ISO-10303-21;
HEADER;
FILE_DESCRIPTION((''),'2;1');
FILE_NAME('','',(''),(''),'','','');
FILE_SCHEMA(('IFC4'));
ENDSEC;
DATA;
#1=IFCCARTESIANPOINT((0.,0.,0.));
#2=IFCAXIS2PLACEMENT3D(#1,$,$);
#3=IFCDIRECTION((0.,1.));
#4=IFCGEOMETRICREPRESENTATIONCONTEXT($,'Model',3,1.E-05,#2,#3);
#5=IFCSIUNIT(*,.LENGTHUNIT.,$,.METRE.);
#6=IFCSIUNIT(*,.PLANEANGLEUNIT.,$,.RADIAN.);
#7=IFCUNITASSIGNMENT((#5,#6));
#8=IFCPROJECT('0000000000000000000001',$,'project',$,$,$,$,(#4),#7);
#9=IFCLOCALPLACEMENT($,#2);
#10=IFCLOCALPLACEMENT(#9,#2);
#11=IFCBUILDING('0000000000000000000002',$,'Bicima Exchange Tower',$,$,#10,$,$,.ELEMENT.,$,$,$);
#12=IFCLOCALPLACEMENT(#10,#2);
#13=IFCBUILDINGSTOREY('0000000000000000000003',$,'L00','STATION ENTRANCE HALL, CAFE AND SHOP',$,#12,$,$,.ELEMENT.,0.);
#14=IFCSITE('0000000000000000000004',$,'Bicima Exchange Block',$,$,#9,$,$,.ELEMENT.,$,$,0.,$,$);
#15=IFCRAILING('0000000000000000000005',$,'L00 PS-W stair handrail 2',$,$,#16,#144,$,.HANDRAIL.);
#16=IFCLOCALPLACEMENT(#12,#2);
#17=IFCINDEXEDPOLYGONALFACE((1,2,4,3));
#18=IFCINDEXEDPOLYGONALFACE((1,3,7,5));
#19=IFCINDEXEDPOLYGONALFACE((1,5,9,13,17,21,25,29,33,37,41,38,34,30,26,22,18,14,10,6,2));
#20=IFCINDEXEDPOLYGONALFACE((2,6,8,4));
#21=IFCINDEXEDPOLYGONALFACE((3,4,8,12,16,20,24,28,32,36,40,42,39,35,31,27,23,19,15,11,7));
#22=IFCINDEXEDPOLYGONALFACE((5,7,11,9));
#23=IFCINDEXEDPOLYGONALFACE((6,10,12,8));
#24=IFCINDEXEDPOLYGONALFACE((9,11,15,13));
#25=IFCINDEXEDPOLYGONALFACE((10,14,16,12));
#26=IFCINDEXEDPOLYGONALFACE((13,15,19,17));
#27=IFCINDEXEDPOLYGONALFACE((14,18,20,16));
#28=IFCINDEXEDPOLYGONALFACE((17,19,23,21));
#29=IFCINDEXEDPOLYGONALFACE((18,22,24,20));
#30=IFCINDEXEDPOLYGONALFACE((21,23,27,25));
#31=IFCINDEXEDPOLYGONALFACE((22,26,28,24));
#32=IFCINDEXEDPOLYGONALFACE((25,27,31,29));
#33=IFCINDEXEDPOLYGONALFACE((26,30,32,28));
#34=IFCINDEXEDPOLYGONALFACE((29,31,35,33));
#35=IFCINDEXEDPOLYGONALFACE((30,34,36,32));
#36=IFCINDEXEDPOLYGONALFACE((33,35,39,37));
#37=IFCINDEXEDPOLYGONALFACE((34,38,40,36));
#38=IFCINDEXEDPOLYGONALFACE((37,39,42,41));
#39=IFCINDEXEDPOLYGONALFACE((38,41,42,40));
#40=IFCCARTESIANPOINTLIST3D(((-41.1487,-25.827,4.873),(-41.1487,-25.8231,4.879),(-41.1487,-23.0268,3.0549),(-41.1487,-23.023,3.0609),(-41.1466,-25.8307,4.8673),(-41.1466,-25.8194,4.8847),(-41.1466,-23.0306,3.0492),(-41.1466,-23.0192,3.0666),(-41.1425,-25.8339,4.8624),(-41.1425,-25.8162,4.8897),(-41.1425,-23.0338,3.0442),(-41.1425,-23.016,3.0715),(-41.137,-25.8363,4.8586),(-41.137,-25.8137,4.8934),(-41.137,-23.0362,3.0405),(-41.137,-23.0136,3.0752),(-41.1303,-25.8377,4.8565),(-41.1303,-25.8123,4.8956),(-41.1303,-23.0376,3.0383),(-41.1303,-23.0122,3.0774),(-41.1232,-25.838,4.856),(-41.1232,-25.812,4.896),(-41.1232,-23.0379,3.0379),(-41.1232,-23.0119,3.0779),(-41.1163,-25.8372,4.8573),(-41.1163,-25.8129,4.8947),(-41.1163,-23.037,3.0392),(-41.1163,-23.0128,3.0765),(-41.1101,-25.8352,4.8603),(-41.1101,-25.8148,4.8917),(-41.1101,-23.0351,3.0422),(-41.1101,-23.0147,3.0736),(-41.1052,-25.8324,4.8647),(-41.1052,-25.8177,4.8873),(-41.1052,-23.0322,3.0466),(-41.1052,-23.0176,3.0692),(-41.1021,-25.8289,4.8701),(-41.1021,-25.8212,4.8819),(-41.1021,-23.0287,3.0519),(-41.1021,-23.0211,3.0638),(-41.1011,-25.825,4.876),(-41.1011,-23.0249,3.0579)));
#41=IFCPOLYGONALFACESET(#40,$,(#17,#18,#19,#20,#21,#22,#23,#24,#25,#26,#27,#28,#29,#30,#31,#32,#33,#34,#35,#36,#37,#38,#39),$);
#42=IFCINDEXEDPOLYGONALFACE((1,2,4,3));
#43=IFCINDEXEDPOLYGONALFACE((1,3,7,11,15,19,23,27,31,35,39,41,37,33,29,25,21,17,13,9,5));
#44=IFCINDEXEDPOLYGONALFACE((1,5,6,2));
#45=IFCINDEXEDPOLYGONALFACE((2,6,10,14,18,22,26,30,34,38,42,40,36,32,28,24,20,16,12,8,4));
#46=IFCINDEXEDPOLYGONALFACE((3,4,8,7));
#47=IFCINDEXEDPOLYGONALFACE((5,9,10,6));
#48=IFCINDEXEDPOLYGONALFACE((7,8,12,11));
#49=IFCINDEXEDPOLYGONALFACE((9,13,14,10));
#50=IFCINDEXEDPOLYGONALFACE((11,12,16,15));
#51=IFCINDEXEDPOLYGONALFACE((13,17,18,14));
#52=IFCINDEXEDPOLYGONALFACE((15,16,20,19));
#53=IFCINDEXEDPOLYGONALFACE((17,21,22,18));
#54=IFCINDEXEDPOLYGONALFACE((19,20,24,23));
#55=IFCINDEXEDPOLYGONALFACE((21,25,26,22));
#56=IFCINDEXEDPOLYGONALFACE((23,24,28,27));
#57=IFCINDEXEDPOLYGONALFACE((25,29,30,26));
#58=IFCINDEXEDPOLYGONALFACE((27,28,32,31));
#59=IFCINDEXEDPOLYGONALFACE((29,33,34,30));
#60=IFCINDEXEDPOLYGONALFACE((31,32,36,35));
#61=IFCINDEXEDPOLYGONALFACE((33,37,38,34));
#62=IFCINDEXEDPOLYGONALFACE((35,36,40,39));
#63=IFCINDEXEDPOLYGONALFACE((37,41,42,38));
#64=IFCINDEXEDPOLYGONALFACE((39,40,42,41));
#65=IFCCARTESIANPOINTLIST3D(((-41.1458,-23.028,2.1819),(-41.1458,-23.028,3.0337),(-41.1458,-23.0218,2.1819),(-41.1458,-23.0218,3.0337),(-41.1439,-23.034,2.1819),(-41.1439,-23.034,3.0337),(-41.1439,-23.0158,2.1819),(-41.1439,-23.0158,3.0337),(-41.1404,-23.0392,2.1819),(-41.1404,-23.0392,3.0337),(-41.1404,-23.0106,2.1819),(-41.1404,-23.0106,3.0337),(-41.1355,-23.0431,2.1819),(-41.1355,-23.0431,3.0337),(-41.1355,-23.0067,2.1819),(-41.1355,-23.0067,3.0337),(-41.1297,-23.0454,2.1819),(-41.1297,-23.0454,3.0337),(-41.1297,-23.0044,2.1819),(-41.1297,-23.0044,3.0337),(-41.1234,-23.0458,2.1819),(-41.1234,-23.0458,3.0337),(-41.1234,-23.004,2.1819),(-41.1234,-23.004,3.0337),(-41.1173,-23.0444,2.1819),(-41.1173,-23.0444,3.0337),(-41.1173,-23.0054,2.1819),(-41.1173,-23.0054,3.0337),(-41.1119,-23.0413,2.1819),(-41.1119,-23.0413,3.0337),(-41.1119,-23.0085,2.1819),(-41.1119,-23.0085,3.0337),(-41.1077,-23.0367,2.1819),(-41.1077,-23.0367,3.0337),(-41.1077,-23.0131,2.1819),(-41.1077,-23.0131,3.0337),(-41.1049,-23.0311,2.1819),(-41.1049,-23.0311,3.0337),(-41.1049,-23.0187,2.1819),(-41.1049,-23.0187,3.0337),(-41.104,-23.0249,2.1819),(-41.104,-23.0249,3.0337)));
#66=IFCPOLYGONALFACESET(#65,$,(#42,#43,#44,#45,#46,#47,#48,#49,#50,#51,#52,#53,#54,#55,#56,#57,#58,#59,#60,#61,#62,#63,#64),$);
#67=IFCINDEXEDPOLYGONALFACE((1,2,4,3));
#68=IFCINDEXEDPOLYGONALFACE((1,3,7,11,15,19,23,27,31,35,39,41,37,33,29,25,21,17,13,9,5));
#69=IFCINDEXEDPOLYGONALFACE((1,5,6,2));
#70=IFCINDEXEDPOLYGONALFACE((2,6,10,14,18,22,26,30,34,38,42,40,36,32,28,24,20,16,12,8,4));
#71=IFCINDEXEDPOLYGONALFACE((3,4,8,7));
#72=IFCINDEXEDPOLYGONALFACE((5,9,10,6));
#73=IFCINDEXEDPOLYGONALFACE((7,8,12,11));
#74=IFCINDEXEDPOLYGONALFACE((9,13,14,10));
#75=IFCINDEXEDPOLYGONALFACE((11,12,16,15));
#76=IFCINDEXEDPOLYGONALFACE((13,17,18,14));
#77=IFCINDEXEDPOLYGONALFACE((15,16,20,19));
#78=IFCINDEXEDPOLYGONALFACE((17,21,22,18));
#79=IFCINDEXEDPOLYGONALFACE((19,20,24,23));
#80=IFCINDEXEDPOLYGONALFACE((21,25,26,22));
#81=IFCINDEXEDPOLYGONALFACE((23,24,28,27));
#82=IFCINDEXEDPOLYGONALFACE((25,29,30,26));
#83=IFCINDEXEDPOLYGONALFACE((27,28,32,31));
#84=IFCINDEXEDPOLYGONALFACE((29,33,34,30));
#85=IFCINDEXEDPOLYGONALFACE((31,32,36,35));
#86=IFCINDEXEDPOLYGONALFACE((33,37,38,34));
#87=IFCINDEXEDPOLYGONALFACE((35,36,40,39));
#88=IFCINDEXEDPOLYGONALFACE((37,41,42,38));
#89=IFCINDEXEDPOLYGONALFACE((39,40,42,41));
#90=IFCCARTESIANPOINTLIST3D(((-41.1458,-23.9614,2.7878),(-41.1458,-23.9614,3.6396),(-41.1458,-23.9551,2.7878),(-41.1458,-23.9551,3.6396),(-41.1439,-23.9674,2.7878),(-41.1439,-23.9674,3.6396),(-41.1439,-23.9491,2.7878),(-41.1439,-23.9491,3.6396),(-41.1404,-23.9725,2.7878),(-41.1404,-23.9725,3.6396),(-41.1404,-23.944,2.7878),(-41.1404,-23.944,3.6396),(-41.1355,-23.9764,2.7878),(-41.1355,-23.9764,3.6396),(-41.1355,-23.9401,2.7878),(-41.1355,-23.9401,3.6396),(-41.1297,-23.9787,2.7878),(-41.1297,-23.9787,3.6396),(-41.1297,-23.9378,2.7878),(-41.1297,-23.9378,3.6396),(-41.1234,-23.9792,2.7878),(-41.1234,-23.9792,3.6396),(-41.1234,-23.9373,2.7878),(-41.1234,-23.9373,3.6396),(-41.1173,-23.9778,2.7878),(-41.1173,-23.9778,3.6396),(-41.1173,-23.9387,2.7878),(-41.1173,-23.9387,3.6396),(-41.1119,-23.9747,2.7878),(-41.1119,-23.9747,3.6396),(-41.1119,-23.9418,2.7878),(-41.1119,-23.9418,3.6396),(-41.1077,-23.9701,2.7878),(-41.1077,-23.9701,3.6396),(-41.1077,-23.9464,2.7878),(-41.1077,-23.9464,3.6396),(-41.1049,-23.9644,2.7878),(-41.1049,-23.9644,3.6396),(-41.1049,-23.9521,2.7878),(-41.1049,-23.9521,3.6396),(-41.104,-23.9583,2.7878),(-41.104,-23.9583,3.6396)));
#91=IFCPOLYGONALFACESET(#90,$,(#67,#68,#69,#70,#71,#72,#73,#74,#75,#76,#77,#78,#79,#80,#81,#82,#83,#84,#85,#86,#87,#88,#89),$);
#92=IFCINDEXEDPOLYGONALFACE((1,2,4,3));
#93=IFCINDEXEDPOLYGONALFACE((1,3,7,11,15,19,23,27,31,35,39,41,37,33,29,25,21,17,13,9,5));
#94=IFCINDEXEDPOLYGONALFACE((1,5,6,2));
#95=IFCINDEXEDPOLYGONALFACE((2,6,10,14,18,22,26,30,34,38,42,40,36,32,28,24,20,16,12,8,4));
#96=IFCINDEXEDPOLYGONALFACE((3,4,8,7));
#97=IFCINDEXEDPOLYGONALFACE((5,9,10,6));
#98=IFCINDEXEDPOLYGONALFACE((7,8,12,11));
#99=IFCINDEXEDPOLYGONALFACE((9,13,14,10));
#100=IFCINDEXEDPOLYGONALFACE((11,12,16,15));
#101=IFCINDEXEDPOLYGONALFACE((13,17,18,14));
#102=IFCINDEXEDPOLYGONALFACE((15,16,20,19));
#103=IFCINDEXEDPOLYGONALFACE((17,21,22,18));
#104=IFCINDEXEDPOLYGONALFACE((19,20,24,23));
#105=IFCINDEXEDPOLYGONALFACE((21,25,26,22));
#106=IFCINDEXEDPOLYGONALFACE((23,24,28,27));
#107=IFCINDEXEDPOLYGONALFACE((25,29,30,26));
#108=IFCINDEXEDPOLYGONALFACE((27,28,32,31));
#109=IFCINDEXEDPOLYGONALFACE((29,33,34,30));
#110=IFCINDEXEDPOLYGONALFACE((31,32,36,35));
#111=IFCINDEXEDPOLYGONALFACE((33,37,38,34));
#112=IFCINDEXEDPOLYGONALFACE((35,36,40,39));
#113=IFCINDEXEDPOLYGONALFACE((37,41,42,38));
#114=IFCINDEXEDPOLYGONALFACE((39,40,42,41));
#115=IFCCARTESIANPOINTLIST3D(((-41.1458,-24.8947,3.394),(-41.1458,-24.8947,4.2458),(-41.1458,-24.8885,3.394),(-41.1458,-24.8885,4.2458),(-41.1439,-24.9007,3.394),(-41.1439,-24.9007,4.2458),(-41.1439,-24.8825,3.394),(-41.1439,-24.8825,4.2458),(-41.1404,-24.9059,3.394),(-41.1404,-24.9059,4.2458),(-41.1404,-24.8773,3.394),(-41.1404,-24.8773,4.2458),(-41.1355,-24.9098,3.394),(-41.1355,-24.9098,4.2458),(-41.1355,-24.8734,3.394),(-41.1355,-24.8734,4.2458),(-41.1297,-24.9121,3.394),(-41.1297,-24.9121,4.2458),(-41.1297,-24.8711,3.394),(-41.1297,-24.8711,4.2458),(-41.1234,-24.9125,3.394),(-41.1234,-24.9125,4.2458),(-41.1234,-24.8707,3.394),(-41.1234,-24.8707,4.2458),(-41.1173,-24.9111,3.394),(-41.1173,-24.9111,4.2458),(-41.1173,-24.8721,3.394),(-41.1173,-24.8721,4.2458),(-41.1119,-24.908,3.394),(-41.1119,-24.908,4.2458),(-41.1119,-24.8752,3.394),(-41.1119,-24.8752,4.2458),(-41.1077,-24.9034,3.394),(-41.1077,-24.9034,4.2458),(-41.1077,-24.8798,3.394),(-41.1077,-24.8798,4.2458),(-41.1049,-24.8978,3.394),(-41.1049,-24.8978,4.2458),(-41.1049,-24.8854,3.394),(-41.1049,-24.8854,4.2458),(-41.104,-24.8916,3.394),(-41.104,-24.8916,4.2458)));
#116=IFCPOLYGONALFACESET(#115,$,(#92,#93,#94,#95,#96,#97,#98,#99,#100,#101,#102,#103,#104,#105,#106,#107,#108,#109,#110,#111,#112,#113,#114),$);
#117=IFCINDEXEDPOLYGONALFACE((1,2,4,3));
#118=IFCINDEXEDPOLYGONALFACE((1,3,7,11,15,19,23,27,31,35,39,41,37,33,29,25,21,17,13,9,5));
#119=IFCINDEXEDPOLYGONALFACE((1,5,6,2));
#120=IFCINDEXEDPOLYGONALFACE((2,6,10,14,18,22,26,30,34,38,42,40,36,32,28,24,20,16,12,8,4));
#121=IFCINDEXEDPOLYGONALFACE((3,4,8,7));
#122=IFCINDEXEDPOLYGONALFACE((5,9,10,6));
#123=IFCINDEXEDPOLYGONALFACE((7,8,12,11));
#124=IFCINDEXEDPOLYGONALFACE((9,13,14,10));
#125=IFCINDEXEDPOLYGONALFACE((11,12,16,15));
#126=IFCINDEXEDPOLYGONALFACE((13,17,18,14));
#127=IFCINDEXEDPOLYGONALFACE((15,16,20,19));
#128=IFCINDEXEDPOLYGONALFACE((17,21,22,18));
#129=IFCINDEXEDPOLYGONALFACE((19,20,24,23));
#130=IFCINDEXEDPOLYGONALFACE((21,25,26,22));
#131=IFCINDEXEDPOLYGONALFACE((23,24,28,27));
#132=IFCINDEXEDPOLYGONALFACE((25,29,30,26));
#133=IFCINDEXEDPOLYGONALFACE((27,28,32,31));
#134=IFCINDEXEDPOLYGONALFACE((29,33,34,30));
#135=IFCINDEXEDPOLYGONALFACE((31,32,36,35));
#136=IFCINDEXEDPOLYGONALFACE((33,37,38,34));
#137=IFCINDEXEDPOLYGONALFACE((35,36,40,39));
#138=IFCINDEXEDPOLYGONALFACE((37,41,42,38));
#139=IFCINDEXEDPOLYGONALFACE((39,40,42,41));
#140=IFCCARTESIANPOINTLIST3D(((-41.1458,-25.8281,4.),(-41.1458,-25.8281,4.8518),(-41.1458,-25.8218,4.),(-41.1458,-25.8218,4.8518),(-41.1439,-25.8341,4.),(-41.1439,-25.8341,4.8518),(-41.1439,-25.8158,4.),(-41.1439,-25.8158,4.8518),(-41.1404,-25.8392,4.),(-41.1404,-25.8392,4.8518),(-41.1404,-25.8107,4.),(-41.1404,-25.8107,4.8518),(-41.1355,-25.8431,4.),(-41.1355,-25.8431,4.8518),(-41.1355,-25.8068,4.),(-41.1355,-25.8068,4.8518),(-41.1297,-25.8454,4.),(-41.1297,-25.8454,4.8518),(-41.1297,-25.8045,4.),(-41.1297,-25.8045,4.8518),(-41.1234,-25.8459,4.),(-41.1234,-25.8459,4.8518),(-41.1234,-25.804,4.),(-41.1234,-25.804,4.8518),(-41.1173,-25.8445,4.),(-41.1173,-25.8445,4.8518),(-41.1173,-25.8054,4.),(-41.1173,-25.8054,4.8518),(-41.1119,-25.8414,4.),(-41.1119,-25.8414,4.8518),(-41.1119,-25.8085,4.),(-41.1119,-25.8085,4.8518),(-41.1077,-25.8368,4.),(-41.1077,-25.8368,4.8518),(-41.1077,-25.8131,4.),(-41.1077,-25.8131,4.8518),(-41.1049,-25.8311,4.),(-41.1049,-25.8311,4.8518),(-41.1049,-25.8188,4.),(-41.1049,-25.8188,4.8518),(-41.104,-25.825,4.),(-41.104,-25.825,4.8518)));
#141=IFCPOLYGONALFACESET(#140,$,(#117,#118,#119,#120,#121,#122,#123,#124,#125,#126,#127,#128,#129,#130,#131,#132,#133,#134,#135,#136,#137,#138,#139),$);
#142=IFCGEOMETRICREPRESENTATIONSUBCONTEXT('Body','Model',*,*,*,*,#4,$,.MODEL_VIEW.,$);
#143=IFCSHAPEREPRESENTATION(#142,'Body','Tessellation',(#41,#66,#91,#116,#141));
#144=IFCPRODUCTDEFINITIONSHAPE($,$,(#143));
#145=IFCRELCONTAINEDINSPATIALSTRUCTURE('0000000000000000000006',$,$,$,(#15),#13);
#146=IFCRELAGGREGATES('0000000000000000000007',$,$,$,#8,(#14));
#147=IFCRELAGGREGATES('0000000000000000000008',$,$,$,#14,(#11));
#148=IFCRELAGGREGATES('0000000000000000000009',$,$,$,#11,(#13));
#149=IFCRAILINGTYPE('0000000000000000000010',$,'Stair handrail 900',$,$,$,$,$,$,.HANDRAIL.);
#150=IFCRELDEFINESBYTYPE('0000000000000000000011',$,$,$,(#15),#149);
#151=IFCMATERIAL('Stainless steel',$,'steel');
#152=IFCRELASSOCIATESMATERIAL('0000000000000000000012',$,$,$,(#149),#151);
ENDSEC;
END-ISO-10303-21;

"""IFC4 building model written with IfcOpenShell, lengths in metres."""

from ifc_helpers import new_model, si_unit, direction, frame, origin, origin_2d, place, context, subcontext, project, spatial, circle, extrude, material, type_object, element, save


model = new_model("IFC4")

# Units and contexts
model_context = context("Model", 3, precision=1e-05, world=origin(), true_north=direction((0.0, 1.0)))
body_context = subcontext(model_context, "Body", "Model", "MODEL_VIEW")
ifc_project = project(units=[si_unit("LENGTHUNIT", "METRE"), si_unit("PLANEANGLEUNIT", "RADIAN")], contexts=[model_context])

# Site, building, storey
site_placement = place(None, origin())
site = spatial("IfcSite", under=ifc_project, at=site_placement, Name="Bicima Exchange Block", CompositionType="ELEMENT", RefElevation=0.0)
building_placement = place(site_placement, origin())
building = spatial("IfcBuilding", under=site, at=building_placement, Name="Bicima Exchange Tower", CompositionType="ELEMENT")
storey_placement = place(building_placement, origin())
storey = spatial("IfcBuildingStorey", under=building, at=storey_placement, Name="L00", Description="STATION ENTRANCE HALL, CAFE AND SHOP", CompositionType="ELEMENT", Elevation=0.0)

# Railing
ifc_material_1 = material(Name="Stainless steel", Category="steel")
railing_type_1 = type_object("IfcRailingType", Name="Stair handrail 900", PredefinedType="HANDRAIL", material=ifc_material_1)
railing_1_placement = place(storey_placement, frame((-41.125, -23.0249, 2.1819)))
element("IfcRailing", 1, at=railing_1_placement, inside=storey, type_object=railing_type_1, Name="L00 PS-W stair handrail 2", PredefinedType="HANDRAIL", context=body_context, shape_type="SweptSolid", body=[
    extrude(circle(Radius=0.0239, at=origin_2d()), frame((0.0, 0.0, 0.876), z_axis=(0.0, -0.838706, 0.544585), x_axis=(1.0, 0.0, 0.0)), (0.0, 0.0, 1.0), 3.3386),
    extrude(circle(Radius=0.021, at=origin_2d()), origin(), (0.0, 0.0, 1.0), 0.8518),
    extrude(circle(Radius=0.021, at=origin_2d()), frame((0.0, -0.9333, 0.606)), (0.0, 0.0, 1.0), 0.8518),
    extrude(circle(Radius=0.021, at=origin_2d()), frame((0.0, -1.8667, 1.2122)), (0.0, 0.0, 1.0), 0.8518),
    extrude(circle(Radius=0.021, at=origin_2d()), frame((0.0, -2.8, 1.8181)), (0.0, 0.0, 1.0), 0.8518),
])

save(model, "model.ifc")
